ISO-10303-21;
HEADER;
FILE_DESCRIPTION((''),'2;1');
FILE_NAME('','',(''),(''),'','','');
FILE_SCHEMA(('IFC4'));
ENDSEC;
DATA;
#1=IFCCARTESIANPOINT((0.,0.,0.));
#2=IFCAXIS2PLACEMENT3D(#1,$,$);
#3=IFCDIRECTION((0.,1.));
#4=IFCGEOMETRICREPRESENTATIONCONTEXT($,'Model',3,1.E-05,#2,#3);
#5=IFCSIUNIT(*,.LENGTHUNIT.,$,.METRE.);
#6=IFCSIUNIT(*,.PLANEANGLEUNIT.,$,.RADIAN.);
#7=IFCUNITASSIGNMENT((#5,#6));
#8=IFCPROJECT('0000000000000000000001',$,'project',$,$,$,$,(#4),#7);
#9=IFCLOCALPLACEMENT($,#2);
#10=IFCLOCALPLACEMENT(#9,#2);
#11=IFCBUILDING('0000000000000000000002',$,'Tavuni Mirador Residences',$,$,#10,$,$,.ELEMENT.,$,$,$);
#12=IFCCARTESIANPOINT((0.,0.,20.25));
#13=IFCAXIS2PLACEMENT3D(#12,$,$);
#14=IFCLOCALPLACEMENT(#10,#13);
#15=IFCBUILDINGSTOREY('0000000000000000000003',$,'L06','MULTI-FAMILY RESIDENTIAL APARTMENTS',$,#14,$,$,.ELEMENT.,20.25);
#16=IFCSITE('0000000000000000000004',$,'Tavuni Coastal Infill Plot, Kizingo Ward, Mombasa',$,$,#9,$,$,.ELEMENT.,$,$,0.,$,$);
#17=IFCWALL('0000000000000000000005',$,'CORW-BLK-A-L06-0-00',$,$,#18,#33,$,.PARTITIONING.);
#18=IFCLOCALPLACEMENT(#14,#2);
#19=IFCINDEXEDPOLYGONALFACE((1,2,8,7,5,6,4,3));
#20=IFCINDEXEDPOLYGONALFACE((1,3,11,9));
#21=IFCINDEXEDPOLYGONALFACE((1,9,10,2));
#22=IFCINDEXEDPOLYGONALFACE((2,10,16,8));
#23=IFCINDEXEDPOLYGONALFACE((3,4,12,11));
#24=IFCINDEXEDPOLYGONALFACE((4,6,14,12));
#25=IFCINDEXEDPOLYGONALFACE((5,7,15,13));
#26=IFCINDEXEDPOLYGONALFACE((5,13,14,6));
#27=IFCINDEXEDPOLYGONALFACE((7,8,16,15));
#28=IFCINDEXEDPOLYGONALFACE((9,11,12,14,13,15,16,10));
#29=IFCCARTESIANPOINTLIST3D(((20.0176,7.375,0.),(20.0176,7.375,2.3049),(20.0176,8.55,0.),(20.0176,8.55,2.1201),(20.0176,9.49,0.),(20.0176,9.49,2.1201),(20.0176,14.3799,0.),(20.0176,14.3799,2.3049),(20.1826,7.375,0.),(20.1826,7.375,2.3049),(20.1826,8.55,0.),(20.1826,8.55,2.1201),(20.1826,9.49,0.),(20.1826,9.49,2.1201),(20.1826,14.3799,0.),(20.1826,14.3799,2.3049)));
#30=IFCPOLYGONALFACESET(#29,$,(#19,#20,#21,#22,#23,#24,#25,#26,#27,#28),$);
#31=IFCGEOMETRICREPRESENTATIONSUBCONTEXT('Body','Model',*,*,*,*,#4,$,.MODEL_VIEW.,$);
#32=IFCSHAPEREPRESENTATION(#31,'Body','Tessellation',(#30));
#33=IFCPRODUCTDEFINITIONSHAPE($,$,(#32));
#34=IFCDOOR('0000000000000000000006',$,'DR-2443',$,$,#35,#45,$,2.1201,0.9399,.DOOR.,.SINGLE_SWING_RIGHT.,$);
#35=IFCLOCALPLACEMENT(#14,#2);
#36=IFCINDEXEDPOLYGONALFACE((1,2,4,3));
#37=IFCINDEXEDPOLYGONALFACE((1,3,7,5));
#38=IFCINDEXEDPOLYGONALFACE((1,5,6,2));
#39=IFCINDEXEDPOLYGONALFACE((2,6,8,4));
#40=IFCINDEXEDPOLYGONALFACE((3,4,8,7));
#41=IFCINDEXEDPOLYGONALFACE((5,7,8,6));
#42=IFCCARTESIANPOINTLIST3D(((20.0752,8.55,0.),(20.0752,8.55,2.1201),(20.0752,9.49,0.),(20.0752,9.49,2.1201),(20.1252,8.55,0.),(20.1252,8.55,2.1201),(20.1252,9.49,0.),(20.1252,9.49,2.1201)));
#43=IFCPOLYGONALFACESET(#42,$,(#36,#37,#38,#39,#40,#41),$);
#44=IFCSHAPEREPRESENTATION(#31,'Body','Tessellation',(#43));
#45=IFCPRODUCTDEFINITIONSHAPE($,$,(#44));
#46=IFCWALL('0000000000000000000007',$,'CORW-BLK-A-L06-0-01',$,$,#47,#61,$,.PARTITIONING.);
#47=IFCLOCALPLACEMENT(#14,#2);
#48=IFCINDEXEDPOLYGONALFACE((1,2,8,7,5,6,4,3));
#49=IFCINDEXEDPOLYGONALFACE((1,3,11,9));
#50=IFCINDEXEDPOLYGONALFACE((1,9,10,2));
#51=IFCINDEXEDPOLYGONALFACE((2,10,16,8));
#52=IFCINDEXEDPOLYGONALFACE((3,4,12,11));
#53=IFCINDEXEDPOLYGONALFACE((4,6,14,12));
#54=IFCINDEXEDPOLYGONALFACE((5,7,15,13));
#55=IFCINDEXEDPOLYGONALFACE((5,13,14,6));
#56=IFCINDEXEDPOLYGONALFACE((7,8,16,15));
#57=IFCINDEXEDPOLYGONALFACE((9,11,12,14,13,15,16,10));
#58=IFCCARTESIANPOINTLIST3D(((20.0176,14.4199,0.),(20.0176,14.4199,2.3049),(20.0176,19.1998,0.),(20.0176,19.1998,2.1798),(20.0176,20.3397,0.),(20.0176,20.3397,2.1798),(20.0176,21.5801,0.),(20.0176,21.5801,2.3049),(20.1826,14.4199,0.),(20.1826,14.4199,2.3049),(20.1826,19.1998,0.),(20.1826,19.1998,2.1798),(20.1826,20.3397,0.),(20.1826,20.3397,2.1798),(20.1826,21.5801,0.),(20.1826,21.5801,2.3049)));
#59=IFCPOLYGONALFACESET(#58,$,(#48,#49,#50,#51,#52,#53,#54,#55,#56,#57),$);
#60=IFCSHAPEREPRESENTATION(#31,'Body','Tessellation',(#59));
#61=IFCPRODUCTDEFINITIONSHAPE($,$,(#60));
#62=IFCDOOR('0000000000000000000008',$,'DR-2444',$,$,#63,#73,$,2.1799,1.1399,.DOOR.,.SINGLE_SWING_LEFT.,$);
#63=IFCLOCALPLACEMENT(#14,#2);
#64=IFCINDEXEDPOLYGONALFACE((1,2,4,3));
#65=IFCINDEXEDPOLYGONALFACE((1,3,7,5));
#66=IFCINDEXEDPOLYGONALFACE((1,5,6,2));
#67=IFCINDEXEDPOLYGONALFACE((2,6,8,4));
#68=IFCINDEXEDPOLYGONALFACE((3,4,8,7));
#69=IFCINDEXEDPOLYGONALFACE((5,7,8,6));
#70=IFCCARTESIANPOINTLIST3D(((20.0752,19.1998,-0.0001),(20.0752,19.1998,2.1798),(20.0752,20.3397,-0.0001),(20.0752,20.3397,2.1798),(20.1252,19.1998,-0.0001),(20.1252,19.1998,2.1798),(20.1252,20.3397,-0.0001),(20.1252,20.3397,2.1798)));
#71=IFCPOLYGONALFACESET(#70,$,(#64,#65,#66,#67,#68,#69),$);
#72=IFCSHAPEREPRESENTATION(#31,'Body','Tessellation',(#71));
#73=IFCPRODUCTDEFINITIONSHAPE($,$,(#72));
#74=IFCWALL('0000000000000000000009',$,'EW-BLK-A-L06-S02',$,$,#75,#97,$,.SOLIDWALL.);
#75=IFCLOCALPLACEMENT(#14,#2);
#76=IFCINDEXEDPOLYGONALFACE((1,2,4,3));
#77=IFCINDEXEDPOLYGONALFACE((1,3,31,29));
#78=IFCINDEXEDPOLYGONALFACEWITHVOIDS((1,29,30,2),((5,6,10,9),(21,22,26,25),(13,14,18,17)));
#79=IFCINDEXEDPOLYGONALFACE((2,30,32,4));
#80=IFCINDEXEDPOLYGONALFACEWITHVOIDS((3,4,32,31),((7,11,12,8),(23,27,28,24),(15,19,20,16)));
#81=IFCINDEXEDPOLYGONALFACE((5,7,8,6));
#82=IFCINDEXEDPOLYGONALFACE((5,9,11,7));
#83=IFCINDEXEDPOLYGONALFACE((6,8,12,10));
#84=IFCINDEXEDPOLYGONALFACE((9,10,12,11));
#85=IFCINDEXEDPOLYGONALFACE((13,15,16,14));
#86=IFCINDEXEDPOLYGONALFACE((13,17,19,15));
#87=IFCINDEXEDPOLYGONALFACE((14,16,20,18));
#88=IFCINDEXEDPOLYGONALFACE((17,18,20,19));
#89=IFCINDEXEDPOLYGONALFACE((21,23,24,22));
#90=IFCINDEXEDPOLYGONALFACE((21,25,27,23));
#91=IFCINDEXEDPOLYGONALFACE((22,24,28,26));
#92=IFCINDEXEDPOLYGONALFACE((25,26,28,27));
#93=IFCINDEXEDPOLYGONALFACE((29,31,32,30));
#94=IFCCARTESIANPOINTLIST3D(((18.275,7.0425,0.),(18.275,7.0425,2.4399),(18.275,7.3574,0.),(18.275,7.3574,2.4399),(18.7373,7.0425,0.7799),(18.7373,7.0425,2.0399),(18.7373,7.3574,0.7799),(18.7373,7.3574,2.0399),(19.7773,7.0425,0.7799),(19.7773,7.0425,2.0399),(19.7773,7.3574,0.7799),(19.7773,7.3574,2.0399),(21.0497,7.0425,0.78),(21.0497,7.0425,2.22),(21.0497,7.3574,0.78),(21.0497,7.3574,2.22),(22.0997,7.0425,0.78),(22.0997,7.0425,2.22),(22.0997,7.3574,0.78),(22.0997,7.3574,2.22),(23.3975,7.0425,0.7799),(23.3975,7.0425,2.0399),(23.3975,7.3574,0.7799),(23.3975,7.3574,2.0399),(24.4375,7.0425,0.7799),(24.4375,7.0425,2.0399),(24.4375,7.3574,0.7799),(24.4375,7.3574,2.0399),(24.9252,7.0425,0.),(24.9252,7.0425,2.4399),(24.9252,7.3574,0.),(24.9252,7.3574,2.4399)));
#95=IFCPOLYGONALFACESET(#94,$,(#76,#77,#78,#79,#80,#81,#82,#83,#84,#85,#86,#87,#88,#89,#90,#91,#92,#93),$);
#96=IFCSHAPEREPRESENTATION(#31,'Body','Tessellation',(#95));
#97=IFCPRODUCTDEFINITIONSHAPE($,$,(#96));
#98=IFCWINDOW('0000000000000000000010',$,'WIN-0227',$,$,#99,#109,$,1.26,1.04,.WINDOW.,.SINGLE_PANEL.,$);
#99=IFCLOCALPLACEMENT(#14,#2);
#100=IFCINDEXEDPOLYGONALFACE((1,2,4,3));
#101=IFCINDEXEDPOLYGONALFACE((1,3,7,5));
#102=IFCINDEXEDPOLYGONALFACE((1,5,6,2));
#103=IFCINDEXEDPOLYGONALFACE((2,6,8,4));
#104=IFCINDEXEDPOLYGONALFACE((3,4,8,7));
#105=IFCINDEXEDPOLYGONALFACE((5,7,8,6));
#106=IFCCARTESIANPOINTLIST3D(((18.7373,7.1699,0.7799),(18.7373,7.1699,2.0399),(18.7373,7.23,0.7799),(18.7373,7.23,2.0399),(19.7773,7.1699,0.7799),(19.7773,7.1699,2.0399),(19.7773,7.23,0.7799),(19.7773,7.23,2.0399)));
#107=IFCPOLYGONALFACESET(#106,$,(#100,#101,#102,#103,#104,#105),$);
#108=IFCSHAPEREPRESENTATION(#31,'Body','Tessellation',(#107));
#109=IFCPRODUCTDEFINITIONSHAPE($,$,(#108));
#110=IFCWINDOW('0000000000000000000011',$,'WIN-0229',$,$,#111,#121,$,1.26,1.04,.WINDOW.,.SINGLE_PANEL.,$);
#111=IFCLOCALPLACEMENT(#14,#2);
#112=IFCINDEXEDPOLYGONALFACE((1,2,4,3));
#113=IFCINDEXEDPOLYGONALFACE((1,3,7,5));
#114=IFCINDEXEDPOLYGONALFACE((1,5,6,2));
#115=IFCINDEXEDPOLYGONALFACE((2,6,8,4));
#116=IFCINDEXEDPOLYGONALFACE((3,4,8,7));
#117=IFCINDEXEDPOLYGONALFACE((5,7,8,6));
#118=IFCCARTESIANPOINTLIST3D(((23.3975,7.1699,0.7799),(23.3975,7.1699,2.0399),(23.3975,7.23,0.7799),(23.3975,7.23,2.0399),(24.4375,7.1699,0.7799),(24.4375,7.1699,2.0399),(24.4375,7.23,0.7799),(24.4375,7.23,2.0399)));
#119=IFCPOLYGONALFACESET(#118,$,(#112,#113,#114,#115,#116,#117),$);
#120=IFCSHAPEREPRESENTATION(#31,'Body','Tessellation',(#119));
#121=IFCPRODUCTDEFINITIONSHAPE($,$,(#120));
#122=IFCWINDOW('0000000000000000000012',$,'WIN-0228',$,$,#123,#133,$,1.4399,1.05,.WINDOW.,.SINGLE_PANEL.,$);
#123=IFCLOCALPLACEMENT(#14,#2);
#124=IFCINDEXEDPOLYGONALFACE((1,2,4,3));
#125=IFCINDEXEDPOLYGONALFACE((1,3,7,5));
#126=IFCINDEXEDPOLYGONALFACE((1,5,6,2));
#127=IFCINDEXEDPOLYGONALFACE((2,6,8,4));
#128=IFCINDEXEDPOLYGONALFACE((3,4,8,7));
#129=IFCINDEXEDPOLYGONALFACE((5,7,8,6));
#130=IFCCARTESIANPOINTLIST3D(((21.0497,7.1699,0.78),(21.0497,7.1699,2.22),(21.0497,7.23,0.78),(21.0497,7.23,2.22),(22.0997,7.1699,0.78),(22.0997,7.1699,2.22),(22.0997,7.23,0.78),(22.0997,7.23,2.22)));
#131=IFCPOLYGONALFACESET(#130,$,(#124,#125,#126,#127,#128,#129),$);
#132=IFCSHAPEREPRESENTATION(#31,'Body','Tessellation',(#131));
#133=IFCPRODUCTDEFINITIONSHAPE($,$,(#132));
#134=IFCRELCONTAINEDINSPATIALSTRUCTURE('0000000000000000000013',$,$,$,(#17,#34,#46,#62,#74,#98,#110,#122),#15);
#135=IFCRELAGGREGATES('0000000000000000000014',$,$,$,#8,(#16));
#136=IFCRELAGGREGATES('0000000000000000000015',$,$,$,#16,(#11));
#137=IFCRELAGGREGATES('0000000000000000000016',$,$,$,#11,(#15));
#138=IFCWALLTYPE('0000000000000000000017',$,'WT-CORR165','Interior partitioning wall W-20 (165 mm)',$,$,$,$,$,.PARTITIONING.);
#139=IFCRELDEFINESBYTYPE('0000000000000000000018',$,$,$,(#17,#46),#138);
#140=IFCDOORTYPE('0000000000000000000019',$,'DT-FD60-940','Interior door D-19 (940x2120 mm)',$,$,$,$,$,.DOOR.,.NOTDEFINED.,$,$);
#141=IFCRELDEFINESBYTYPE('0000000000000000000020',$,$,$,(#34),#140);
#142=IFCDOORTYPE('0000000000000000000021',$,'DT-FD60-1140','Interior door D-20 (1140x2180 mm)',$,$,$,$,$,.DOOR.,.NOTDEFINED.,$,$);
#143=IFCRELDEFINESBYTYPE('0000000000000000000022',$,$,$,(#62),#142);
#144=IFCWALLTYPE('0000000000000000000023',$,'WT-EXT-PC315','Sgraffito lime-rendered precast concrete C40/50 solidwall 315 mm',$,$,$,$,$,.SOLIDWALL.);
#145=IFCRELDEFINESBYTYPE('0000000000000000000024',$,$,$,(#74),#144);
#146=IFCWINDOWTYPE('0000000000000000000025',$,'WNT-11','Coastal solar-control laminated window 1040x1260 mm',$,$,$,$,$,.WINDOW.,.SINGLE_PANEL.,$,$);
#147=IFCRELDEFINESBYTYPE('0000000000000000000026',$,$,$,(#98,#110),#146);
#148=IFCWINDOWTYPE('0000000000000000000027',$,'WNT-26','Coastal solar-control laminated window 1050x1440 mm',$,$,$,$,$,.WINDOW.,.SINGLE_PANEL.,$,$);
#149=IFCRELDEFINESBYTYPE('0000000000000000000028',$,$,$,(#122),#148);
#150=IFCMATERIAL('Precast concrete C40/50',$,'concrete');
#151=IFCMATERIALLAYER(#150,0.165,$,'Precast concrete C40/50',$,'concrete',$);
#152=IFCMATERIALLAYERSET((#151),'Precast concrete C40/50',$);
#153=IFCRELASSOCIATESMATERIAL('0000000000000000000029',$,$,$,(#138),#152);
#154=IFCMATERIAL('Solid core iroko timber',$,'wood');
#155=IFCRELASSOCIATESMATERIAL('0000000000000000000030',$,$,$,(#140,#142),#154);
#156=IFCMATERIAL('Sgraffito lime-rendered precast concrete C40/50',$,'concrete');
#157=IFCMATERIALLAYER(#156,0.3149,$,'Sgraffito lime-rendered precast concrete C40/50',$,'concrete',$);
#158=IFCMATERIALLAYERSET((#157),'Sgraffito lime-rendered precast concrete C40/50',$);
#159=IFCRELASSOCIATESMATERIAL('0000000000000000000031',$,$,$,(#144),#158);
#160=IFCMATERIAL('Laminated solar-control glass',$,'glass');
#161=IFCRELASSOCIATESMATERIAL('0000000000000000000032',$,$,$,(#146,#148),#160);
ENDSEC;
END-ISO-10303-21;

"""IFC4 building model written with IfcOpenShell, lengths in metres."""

from ifc_helpers import new_model, si_unit, direction, frame, frame_2d, origin, place, context, subcontext, project, spatial, rectangle, extrude, material, layer, layer_set, type_object, element, fill, save


model = new_model("IFC4")

# Units and contexts
model_context = context("Model", 3, precision=1e-05, world=origin(), true_north=direction((0.0, 1.0)))
body_context = subcontext(model_context, "Body", "Model", "MODEL_VIEW")
ifc_project = project(units=[si_unit("LENGTHUNIT", "METRE"), si_unit("PLANEANGLEUNIT", "RADIAN")], contexts=[model_context])

# Site, building, storey
site_placement = place(None, origin())
site = spatial("IfcSite", under=ifc_project, at=site_placement, Name="Tavuni Coastal Infill Plot, Kizingo Ward, Mombasa", CompositionType="ELEMENT", RefElevation=0.0)
building_placement = place(site_placement, origin())
building = spatial("IfcBuilding", under=site, at=building_placement, Name="Tavuni Mirador Residences", CompositionType="ELEMENT")
storey_placement = place(building_placement, frame((0.0, 0.0, 20.25)))
storey = spatial("IfcBuildingStorey", under=building, at=storey_placement, Name="L06", Description="MULTI-FAMILY RESIDENTIAL APARTMENTS", CompositionType="ELEMENT", Elevation=20.25)

# Walls, openings, doors
ifc_material_1 = material(Name="Precast concrete C40/50", Category="concrete")
ifc_layer_1 = layer(ifc_material_1, 0.165, Name="Precast concrete C40/50", Category="concrete")
ifc_layer_set_1 = layer_set([ifc_layer_1], Name="Precast concrete C40/50")
wall_type_1 = type_object("IfcWallType", Name="WT-CORR165", Description="Interior partitioning wall W-20 (165 mm)", PredefinedType="PARTITIONING", material=ifc_layer_set_1)
wall_1_placement = place(storey_placement, frame((20.1001, 7.375, 0.0), z_axis=(0.0, 0.0, 1.0), x_axis=(0.0, 1.0, 0.0)))
wall_1 = element("IfcWall", 1, at=wall_1_placement, inside=storey, type_object=wall_type_1, Name="CORW-BLK-A-L06-0-00", PredefinedType="PARTITIONING", context=body_context, shape_type="SweptSolid", body=[
    extrude(rectangle(XDim=7.0049, YDim=0.165, at=frame_2d((3.5024, 0.0))), origin(), (0.0, 0.0, 1.0), 2.3049),
])
opening_1_placement = place(wall_1_placement, frame((1.175, 0.0, 0.0)))
opening_1 = element("IfcOpeningElement", 2, at=opening_1_placement, cuts=wall_1, PredefinedType="OPENING", context=body_context, shape_type="SweptSolid", body=[
    extrude(rectangle(XDim=0.9399, YDim=2.1201, at=frame_2d((0.47, 1.0601))), frame((0.0, 0.0925, 0.0), z_axis=(0.0, -1.0, 0.0), x_axis=(1.0, 0.0, 0.0)), (0.0, 0.0, 1.0), 0.1851),
])
ifc_material_2 = material(Name="Solid core iroko timber", Category="wood")
door_type_1 = type_object("IfcDoorType", Name="DT-FD60-940", Description="Interior door D-19 (940x2120 mm)", OperationType="NOTDEFINED", PredefinedType="DOOR", material=ifc_material_2)
door_1_placement = place(opening_1_placement, origin())
door_1 = element("IfcDoor", 3, at=door_1_placement, inside=storey, type_object=door_type_1, Name="DR-2443", OperationType="SINGLE_SWING_RIGHT", OverallHeight=2.1201, OverallWidth=0.9399, PredefinedType="DOOR", context=body_context, shape_type="SweptSolid", body=[
    extrude(rectangle(XDim=0.9399, YDim=2.1201, at=frame_2d((0.47, 1.0601))), frame((0.0, 0.0249, 0.0), z_axis=(0.0, -1.0, 0.0), x_axis=(1.0, 0.0, 0.0)), (0.0, 0.0, 1.0), 0.05),
])
fill(opening_1, door_1)
wall_2_placement = place(storey_placement, frame((20.1001, 14.4199, 0.0), z_axis=(0.0, 0.0, 1.0), x_axis=(0.0, 1.0, 0.0)))
wall_2 = element("IfcWall", 4, at=wall_2_placement, inside=storey, type_object=wall_type_1, Name="CORW-BLK-A-L06-0-01", PredefinedType="PARTITIONING", context=body_context, shape_type="SweptSolid", body=[
    extrude(rectangle(XDim=7.1602, YDim=0.165, at=frame_2d((3.5801, 0.0))), origin(), (0.0, 0.0, 1.0), 2.3049),
])
opening_2_placement = place(wall_2_placement, frame((4.78, 0.0, 0.0)))
opening_2 = element("IfcOpeningElement", 5, at=opening_2_placement, cuts=wall_2, PredefinedType="OPENING", context=body_context, shape_type="SweptSolid", body=[
    extrude(rectangle(XDim=1.1399, YDim=2.1799, at=frame_2d((0.5698, 1.0898))), frame((0.0, 0.0925, 0.0), z_axis=(0.0, -1.0, 0.0), x_axis=(1.0, 0.0, 0.0)), (0.0, 0.0, 1.0), 0.1851),
])
door_type_2 = type_object("IfcDoorType", Name="DT-FD60-1140", Description="Interior door D-20 (1140x2180 mm)", OperationType="NOTDEFINED", PredefinedType="DOOR", material=ifc_material_2)
door_2_placement = place(opening_2_placement, origin())
door_2 = element("IfcDoor", 6, at=door_2_placement, inside=storey, type_object=door_type_2, Name="DR-2444", OperationType="SINGLE_SWING_LEFT", OverallHeight=2.1799, OverallWidth=1.1399, PredefinedType="DOOR", context=body_context, shape_type="SweptSolid", body=[
    extrude(rectangle(XDim=1.1399, YDim=2.1799, at=frame_2d((0.5698, 1.0898))), frame((0.0, 0.0249, 0.0), z_axis=(0.0, -1.0, 0.0), x_axis=(1.0, 0.0, 0.0)), (0.0, 0.0, 1.0), 0.05),
])
fill(opening_2, door_2)

# Wall, openings, windows
ifc_material_3 = material(Name="Sgraffito lime-rendered precast concrete C40/50", Category="concrete")
ifc_layer_2 = layer(ifc_material_3, 0.3149, Name="Sgraffito lime-rendered precast concrete C40/50", Category="concrete")
ifc_layer_set_2 = layer_set([ifc_layer_2], Name="Sgraffito lime-rendered precast concrete C40/50")
wall_type_2 = type_object("IfcWallType", Name="WT-EXT-PC315", Description="Sgraffito lime-rendered precast concrete C40/50 solidwall 315 mm", PredefinedType="SOLIDWALL", material=ifc_layer_set_2)
wall_3_placement = place(storey_placement, frame((18.2749, 7.2, 0.0), z_axis=(0.0, 0.0, 1.0), x_axis=(1.0, 0.0, 0.0)))
wall_3 = element("IfcWall", 7, at=wall_3_placement, inside=storey, type_object=wall_type_2, Name="EW-BLK-A-L06-S02", PredefinedType="SOLIDWALL", context=body_context, shape_type="SweptSolid", body=[
    extrude(rectangle(XDim=6.6501, YDim=0.3149, at=frame_2d((3.3252, 0.0))), origin(), (0.0, 0.0, 1.0), 2.4399),
])
opening_3_placement = place(wall_3_placement, frame((0.4624, 0.0, 0.78)))
opening_3 = element("IfcOpeningElement", 8, at=opening_3_placement, cuts=wall_3, PredefinedType="OPENING", context=body_context, shape_type="SweptSolid", body=[
    extrude(rectangle(XDim=1.04, YDim=1.26, at=frame_2d((0.52, 0.6299))), frame((0.0, 0.1675, 0.0), z_axis=(0.0, -1.0, 0.0), x_axis=(1.0, 0.0, 0.0)), (0.0, 0.0, 1.0), 0.335),
])
opening_4_placement = place(wall_3_placement, frame((2.7749, 0.0, 0.78)))
opening_4 = element("IfcOpeningElement", 9, at=opening_4_placement, cuts=wall_3, PredefinedType="OPENING", context=body_context, shape_type="SweptSolid", body=[
    extrude(rectangle(XDim=1.05, YDim=1.4399, at=frame_2d((0.5249, 0.72))), frame((0.0, 0.1675, 0.0), z_axis=(0.0, -1.0, 0.0), x_axis=(1.0, 0.0, 0.0)), (0.0, 0.0, 1.0), 0.335),
])
opening_5_placement = place(wall_3_placement, frame((5.1226, 0.0, 0.78)))
opening_5 = element("IfcOpeningElement", 10, at=opening_5_placement, cuts=wall_3, PredefinedType="OPENING", context=body_context, shape_type="SweptSolid", body=[
    extrude(rectangle(XDim=1.04, YDim=1.26, at=frame_2d((0.52, 0.6299))), frame((0.0, 0.1675, 0.0), z_axis=(0.0, -1.0, 0.0), x_axis=(1.0, 0.0, 0.0)), (0.0, 0.0, 1.0), 0.335),
])
ifc_material_4 = material(Name="Laminated solar-control glass", Category="glass")
window_type_1 = type_object("IfcWindowType", Name="WNT-11", Description="Coastal solar-control laminated window 1040x1260 mm", PartitioningType="SINGLE_PANEL", PredefinedType="WINDOW", material=ifc_material_4)
window_1_placement = place(opening_3_placement, origin())
window_1 = element("IfcWindow", 11, at=window_1_placement, inside=storey, type_object=window_type_1, Name="WIN-0227", OverallHeight=1.26, OverallWidth=1.04, PartitioningType="SINGLE_PANEL", PredefinedType="WINDOW", context=body_context, shape_type="SweptSolid", body=[
    extrude(rectangle(XDim=1.04, YDim=1.26, at=frame_2d((0.52, 0.6299))), frame((0.0, 0.03, 0.0), z_axis=(0.0, -1.0, 0.0), x_axis=(1.0, 0.0, 0.0)), (0.0, 0.0, 1.0), 0.0601),
])
fill(opening_3, window_1)
window_2_placement = place(opening_5_placement, origin())
window_2 = element("IfcWindow", 12, at=window_2_placement, inside=storey, type_object=window_type_1, Name="WIN-0229", OverallHeight=1.26, OverallWidth=1.04, PartitioningType="SINGLE_PANEL", PredefinedType="WINDOW", context=body_context, shape_type="SweptSolid", body=[
    extrude(rectangle(XDim=1.04, YDim=1.26, at=frame_2d((0.52, 0.6299))), frame((0.0, 0.03, 0.0), z_axis=(0.0, -1.0, 0.0), x_axis=(1.0, 0.0, 0.0)), (0.0, 0.0, 1.0), 0.0601),
])
fill(opening_5, window_2)
window_type_2 = type_object("IfcWindowType", Name="WNT-26", Description="Coastal solar-control laminated window 1050x1440 mm", PartitioningType="SINGLE_PANEL", PredefinedType="WINDOW", material=ifc_material_4)
window_3_placement = place(opening_4_placement, origin())
window_3 = element("IfcWindow", 13, at=window_3_placement, inside=storey, type_object=window_type_2, Name="WIN-0228", OverallHeight=1.4399, OverallWidth=1.05, PartitioningType="SINGLE_PANEL", PredefinedType="WINDOW", context=body_context, shape_type="SweptSolid", body=[
    extrude(rectangle(XDim=1.05, YDim=1.4399, at=frame_2d((0.5249, 0.72))), frame((0.0, 0.03, 0.0), z_axis=(0.0, -1.0, 0.0), x_axis=(1.0, 0.0, 0.0)), (0.0, 0.0, 1.0), 0.0601),
])
fill(opening_4, window_3)

save(model, "model.ifc")
